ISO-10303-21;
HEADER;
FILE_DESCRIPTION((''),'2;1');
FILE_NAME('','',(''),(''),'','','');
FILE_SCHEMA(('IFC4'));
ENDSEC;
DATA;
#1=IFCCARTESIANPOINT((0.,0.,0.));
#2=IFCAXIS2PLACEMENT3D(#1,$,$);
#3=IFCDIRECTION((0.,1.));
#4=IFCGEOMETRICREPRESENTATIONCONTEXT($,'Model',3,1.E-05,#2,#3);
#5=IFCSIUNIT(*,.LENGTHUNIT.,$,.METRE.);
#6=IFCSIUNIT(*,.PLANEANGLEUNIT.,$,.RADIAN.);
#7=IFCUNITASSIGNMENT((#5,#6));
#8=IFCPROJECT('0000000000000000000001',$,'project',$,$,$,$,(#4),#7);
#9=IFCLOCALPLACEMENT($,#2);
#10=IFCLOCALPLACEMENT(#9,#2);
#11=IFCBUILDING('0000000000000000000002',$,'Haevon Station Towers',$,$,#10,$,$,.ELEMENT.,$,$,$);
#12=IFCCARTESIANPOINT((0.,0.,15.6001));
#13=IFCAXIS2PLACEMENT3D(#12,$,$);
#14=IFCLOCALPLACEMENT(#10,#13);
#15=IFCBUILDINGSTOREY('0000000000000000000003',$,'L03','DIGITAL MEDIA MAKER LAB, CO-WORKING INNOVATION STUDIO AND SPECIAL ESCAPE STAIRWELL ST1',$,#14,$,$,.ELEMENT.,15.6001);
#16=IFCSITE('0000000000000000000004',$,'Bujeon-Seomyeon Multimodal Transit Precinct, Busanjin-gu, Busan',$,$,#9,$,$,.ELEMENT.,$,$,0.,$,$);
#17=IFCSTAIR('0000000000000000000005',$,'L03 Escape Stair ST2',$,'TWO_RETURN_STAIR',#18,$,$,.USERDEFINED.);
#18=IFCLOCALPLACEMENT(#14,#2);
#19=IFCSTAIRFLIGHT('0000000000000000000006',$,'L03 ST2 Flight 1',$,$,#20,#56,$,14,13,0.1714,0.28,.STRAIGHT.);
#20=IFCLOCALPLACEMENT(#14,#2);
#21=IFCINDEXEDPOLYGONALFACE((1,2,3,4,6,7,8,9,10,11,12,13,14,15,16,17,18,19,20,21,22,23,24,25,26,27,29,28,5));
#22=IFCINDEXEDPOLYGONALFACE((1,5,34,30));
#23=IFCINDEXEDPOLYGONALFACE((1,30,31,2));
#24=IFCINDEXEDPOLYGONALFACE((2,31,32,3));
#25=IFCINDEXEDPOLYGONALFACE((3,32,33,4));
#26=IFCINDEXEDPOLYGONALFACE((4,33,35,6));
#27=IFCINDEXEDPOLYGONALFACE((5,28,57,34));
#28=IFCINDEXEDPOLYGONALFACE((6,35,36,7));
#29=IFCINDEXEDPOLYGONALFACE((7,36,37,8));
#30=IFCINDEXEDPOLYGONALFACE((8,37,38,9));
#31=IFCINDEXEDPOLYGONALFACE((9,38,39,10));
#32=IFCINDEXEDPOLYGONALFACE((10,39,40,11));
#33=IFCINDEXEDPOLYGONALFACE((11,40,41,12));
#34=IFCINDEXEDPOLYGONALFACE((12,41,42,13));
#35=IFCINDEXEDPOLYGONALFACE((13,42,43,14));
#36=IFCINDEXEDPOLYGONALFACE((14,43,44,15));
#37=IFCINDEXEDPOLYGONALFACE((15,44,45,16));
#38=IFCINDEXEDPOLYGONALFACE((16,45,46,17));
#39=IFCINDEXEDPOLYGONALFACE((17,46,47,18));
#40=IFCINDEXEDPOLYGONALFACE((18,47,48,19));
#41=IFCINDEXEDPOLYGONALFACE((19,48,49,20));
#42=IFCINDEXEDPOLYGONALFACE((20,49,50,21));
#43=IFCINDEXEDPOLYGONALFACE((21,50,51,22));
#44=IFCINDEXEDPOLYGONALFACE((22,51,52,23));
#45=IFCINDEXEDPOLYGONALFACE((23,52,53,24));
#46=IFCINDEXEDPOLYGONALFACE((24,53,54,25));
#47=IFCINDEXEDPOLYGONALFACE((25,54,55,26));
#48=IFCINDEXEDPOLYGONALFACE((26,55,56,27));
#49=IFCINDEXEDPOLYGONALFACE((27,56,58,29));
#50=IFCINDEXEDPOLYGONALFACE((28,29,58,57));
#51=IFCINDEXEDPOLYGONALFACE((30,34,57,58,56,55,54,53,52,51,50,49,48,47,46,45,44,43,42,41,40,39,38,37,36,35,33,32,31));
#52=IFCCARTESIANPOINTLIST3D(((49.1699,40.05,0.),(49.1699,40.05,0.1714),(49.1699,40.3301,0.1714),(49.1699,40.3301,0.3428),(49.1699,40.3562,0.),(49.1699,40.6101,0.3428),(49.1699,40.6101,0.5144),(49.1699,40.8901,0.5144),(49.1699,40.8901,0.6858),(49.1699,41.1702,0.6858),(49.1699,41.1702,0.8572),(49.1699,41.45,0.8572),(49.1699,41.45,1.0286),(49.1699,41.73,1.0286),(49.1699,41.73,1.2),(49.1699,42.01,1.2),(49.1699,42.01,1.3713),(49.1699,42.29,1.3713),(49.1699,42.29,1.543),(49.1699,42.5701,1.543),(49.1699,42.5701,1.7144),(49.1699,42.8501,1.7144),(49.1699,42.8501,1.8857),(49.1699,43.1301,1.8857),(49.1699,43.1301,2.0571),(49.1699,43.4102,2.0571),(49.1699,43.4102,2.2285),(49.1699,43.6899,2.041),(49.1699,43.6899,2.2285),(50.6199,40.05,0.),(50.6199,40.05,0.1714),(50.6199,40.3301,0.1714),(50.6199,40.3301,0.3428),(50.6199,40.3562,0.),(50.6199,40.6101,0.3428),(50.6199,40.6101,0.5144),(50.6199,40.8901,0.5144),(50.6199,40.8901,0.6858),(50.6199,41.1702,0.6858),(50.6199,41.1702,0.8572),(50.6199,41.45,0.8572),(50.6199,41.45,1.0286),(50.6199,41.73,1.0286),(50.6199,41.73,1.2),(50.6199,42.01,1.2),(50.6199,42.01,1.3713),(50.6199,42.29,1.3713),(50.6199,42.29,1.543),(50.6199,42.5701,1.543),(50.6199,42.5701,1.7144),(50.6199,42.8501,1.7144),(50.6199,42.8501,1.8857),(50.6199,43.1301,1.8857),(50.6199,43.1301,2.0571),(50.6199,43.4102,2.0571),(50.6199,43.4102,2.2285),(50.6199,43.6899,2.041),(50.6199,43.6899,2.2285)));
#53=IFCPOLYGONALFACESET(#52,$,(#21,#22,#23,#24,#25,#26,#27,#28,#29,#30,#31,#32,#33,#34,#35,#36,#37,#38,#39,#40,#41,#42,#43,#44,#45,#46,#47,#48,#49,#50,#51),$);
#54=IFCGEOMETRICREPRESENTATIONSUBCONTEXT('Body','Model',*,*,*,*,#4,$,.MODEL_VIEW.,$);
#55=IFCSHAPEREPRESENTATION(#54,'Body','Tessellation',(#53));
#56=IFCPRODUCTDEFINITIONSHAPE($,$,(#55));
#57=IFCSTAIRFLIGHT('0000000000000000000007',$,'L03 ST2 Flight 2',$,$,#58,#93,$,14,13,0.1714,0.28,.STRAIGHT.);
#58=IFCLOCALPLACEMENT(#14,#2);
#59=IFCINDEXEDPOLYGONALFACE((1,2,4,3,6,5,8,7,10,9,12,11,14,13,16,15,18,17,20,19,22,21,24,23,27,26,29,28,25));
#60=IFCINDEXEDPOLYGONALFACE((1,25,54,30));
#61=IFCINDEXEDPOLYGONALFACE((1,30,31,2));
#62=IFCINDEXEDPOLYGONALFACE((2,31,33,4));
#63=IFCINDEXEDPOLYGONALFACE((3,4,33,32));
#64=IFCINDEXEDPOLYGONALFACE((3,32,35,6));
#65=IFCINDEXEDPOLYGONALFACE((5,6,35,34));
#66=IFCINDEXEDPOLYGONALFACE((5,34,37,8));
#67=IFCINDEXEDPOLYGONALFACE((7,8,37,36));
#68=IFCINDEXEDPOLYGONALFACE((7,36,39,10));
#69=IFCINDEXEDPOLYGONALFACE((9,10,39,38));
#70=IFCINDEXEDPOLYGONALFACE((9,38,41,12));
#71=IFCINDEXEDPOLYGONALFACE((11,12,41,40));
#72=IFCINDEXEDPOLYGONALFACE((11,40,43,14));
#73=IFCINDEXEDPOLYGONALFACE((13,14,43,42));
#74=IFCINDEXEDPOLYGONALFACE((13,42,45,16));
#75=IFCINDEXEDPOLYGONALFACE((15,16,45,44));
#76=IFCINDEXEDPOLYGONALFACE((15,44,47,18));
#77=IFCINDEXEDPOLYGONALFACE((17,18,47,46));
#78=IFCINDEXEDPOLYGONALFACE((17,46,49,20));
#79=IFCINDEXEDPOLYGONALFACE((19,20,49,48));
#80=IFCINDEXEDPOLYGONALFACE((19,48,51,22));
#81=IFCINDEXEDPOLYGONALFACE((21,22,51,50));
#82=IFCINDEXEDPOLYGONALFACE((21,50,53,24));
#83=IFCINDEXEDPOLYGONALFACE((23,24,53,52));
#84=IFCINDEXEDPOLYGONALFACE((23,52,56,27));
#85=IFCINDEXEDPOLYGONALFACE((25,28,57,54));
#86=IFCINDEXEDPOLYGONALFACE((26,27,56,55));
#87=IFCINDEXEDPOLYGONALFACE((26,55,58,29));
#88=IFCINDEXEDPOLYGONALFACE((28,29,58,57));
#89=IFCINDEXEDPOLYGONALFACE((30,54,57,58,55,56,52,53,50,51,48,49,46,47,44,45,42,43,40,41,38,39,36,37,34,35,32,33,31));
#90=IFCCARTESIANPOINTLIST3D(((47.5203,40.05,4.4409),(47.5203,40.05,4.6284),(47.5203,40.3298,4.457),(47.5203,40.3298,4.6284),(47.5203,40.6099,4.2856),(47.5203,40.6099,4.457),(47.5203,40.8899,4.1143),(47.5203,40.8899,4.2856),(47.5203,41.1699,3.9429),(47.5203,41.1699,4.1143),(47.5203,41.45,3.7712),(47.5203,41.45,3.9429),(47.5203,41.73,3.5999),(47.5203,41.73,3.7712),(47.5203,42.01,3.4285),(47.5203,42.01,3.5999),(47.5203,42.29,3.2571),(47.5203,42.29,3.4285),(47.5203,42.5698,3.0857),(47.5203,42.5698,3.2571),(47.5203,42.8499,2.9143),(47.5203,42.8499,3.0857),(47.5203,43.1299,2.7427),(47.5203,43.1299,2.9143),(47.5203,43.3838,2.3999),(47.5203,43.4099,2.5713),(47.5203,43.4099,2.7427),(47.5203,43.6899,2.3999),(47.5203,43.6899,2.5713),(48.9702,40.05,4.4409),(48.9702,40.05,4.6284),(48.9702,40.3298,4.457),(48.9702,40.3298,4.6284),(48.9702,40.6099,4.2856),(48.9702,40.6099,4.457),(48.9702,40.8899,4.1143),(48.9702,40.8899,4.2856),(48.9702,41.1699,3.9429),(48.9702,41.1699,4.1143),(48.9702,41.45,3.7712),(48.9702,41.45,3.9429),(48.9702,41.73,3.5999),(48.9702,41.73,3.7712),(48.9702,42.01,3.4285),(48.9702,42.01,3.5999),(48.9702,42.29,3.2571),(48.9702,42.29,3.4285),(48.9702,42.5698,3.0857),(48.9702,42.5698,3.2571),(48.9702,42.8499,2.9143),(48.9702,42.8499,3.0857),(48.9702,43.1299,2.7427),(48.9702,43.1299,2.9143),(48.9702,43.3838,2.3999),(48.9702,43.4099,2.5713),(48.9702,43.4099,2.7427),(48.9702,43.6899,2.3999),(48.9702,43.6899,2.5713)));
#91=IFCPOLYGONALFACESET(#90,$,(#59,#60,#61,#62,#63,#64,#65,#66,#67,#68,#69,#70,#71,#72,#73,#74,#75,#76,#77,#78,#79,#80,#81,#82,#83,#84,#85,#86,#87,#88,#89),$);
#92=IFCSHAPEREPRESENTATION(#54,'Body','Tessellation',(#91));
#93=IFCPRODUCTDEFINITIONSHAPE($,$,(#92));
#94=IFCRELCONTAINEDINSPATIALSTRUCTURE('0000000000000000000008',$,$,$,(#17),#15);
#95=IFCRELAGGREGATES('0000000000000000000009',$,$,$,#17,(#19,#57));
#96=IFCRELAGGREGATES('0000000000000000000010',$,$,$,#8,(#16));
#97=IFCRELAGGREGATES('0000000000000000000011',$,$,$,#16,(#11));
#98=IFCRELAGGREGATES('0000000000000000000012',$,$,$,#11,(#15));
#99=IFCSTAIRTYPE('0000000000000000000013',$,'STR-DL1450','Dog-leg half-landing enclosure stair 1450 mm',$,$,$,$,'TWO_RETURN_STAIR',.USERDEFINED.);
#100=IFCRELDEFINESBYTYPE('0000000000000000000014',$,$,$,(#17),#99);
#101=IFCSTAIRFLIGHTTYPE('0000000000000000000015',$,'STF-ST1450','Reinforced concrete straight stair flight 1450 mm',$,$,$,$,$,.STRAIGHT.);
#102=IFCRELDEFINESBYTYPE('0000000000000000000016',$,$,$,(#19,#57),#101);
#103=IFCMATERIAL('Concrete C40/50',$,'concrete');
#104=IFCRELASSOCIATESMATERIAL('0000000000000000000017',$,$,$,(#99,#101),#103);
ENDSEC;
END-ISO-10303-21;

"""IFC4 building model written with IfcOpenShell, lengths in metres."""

from ifc_helpers import new_model, si_unit, direction, frame, origin, place, context, subcontext, project, spatial, polyline, outline, extrude, material, type_object, element, aggregate, save


model = new_model("IFC4")

# Units and contexts
model_context = context("Model", 3, precision=1e-05, world=origin(), true_north=direction((0.0, 1.0)))
body_context = subcontext(model_context, "Body", "Model", "MODEL_VIEW")
ifc_project = project(units=[si_unit("LENGTHUNIT", "METRE"), si_unit("PLANEANGLEUNIT", "RADIAN")], contexts=[model_context])

# Site, building, storey
site_placement = place(None, origin())
site = spatial("IfcSite", under=ifc_project, at=site_placement, Name="Bujeon-Seomyeon Multimodal Transit Precinct, Busanjin-gu, Busan", CompositionType="ELEMENT", RefElevation=0.0)
building_placement = place(site_placement, origin())
building = spatial("IfcBuilding", under=site, at=building_placement, Name="Haevon Station Towers", CompositionType="ELEMENT")
storey_placement = place(building_placement, frame((0.0, 0.0, 15.6001)))
storey = spatial("IfcBuildingStorey", under=building, at=storey_placement, Name="L03", Description="DIGITAL MEDIA MAKER LAB, CO-WORKING INNOVATION STUDIO AND SPECIAL ESCAPE STAIRWELL ST1", CompositionType="ELEMENT", Elevation=15.6001)

# Shared definitions
ifc_material_1 = material(Name="Concrete C40/50", Category="concrete")

# Stair, stair flights
stair_type = type_object("IfcStairType", Name="STR-DL1450", Description="Dog-leg half-landing enclosure stair 1450 mm", ElementType="TWO_RETURN_STAIR", PredefinedType="USERDEFINED", material=ifc_material_1)
stair_placement = place(storey_placement, origin())
stair = element("IfcStair", 1, at=stair_placement, inside=storey, type_object=stair_type, Name="L03 Escape Stair ST2", ObjectType="TWO_RETURN_STAIR", PredefinedType="USERDEFINED")
stair_flight_type = type_object("IfcStairFlightType", Name="STF-ST1450", Description="Reinforced concrete straight stair flight 1450 mm", PredefinedType="STRAIGHT", material=ifc_material_1)
stair_flight_1_placement = place(storey_placement, frame((49.895, 40.05, 0.0), z_axis=(0.0, 0.0, 1.0), x_axis=(0.0, 1.0, 0.0)))
stair_flight_1 = element("IfcStairFlight", 2, at=stair_flight_1_placement, type_object=stair_flight_type, Name="L03 ST2 Flight 1", NumberOfRisers=14, NumberOfTreads=13, PredefinedType="STRAIGHT", RiserHeight=0.1714, TreadLength=0.28, context=body_context, shape_type="SweptSolid", body=[
    extrude(outline(polyline([(0.0, 0.0), (0.0, 0.1714), (0.28, 0.1714), (0.28, 0.3428), (0.5601, 0.3428), (0.5601, 0.5144), (0.8401, 0.5144), (0.8401, 0.6858), (1.1201, 0.6858), (1.1201, 0.8572), (1.3999, 0.8572), (1.3999, 1.0286), (1.6799, 1.0286), (1.6799, 1.2), (1.96, 1.2), (1.96, 1.3713), (2.24, 1.3713), (2.24, 1.543), (2.52, 1.543), (2.52, 1.7144), (2.8, 1.7144), (2.8, 1.8857), (3.0801, 1.8857), (3.0801, 2.0571), (3.3601, 2.0571), (3.3601, 2.2285), (3.6399, 2.2285), (3.6399, 2.3999), (3.6399, 2.041), (0.3062, 0.0), (0.0, 0.0)])), frame((0.0, 0.7251, 0.0), z_axis=(0.0, -1.0, 0.0), x_axis=(1.0, 0.0, 0.0)), (0.0, 0.0, 1.0), 1.45),
])
stair_flight_2_placement = place(storey_placement, frame((48.2451, 43.6899, 2.3999), z_axis=(0.0, 0.0, 1.0), x_axis=(0.0, -1.0, 0.0)))
stair_flight_2 = element("IfcStairFlight", 3, at=stair_flight_2_placement, type_object=stair_flight_type, Name="L03 ST2 Flight 2", NumberOfRisers=14, NumberOfTreads=13, PredefinedType="STRAIGHT", RiserHeight=0.1714, TreadLength=0.28, context=body_context, shape_type="SweptSolid", body=[
    extrude(outline(polyline([(0.0, 0.0), (0.0, 0.1714), (0.28, 0.1714), (0.28, 0.3428), (0.5601, 0.3428), (0.5601, 0.5144), (0.8401, 0.5144), (0.8401, 0.6858), (1.1201, 0.6858), (1.1201, 0.8572), (1.3999, 0.8572), (1.3999, 1.0286), (1.6799, 1.0286), (1.6799, 1.2), (1.96, 1.2), (1.96, 1.3713), (2.24, 1.3713), (2.24, 1.543), (2.52, 1.543), (2.52, 1.7144), (2.8, 1.7144), (2.8, 1.8857), (3.0801, 1.8857), (3.0801, 2.0571), (3.3601, 2.0571), (3.3601, 2.2285), (3.6399, 2.2285), (3.6399, 2.3999), (3.6399, 2.041), (0.3062, 0.0), (0.0, 0.0)])), frame((0.0, 0.7251, 0.0), z_axis=(0.0, -1.0, 0.0), x_axis=(1.0, 0.0, 0.0)), (0.0, 0.0, 1.0), 1.45),
])
aggregate(stair, [stair_flight_1, stair_flight_2])

save(model, "model.ifc")
